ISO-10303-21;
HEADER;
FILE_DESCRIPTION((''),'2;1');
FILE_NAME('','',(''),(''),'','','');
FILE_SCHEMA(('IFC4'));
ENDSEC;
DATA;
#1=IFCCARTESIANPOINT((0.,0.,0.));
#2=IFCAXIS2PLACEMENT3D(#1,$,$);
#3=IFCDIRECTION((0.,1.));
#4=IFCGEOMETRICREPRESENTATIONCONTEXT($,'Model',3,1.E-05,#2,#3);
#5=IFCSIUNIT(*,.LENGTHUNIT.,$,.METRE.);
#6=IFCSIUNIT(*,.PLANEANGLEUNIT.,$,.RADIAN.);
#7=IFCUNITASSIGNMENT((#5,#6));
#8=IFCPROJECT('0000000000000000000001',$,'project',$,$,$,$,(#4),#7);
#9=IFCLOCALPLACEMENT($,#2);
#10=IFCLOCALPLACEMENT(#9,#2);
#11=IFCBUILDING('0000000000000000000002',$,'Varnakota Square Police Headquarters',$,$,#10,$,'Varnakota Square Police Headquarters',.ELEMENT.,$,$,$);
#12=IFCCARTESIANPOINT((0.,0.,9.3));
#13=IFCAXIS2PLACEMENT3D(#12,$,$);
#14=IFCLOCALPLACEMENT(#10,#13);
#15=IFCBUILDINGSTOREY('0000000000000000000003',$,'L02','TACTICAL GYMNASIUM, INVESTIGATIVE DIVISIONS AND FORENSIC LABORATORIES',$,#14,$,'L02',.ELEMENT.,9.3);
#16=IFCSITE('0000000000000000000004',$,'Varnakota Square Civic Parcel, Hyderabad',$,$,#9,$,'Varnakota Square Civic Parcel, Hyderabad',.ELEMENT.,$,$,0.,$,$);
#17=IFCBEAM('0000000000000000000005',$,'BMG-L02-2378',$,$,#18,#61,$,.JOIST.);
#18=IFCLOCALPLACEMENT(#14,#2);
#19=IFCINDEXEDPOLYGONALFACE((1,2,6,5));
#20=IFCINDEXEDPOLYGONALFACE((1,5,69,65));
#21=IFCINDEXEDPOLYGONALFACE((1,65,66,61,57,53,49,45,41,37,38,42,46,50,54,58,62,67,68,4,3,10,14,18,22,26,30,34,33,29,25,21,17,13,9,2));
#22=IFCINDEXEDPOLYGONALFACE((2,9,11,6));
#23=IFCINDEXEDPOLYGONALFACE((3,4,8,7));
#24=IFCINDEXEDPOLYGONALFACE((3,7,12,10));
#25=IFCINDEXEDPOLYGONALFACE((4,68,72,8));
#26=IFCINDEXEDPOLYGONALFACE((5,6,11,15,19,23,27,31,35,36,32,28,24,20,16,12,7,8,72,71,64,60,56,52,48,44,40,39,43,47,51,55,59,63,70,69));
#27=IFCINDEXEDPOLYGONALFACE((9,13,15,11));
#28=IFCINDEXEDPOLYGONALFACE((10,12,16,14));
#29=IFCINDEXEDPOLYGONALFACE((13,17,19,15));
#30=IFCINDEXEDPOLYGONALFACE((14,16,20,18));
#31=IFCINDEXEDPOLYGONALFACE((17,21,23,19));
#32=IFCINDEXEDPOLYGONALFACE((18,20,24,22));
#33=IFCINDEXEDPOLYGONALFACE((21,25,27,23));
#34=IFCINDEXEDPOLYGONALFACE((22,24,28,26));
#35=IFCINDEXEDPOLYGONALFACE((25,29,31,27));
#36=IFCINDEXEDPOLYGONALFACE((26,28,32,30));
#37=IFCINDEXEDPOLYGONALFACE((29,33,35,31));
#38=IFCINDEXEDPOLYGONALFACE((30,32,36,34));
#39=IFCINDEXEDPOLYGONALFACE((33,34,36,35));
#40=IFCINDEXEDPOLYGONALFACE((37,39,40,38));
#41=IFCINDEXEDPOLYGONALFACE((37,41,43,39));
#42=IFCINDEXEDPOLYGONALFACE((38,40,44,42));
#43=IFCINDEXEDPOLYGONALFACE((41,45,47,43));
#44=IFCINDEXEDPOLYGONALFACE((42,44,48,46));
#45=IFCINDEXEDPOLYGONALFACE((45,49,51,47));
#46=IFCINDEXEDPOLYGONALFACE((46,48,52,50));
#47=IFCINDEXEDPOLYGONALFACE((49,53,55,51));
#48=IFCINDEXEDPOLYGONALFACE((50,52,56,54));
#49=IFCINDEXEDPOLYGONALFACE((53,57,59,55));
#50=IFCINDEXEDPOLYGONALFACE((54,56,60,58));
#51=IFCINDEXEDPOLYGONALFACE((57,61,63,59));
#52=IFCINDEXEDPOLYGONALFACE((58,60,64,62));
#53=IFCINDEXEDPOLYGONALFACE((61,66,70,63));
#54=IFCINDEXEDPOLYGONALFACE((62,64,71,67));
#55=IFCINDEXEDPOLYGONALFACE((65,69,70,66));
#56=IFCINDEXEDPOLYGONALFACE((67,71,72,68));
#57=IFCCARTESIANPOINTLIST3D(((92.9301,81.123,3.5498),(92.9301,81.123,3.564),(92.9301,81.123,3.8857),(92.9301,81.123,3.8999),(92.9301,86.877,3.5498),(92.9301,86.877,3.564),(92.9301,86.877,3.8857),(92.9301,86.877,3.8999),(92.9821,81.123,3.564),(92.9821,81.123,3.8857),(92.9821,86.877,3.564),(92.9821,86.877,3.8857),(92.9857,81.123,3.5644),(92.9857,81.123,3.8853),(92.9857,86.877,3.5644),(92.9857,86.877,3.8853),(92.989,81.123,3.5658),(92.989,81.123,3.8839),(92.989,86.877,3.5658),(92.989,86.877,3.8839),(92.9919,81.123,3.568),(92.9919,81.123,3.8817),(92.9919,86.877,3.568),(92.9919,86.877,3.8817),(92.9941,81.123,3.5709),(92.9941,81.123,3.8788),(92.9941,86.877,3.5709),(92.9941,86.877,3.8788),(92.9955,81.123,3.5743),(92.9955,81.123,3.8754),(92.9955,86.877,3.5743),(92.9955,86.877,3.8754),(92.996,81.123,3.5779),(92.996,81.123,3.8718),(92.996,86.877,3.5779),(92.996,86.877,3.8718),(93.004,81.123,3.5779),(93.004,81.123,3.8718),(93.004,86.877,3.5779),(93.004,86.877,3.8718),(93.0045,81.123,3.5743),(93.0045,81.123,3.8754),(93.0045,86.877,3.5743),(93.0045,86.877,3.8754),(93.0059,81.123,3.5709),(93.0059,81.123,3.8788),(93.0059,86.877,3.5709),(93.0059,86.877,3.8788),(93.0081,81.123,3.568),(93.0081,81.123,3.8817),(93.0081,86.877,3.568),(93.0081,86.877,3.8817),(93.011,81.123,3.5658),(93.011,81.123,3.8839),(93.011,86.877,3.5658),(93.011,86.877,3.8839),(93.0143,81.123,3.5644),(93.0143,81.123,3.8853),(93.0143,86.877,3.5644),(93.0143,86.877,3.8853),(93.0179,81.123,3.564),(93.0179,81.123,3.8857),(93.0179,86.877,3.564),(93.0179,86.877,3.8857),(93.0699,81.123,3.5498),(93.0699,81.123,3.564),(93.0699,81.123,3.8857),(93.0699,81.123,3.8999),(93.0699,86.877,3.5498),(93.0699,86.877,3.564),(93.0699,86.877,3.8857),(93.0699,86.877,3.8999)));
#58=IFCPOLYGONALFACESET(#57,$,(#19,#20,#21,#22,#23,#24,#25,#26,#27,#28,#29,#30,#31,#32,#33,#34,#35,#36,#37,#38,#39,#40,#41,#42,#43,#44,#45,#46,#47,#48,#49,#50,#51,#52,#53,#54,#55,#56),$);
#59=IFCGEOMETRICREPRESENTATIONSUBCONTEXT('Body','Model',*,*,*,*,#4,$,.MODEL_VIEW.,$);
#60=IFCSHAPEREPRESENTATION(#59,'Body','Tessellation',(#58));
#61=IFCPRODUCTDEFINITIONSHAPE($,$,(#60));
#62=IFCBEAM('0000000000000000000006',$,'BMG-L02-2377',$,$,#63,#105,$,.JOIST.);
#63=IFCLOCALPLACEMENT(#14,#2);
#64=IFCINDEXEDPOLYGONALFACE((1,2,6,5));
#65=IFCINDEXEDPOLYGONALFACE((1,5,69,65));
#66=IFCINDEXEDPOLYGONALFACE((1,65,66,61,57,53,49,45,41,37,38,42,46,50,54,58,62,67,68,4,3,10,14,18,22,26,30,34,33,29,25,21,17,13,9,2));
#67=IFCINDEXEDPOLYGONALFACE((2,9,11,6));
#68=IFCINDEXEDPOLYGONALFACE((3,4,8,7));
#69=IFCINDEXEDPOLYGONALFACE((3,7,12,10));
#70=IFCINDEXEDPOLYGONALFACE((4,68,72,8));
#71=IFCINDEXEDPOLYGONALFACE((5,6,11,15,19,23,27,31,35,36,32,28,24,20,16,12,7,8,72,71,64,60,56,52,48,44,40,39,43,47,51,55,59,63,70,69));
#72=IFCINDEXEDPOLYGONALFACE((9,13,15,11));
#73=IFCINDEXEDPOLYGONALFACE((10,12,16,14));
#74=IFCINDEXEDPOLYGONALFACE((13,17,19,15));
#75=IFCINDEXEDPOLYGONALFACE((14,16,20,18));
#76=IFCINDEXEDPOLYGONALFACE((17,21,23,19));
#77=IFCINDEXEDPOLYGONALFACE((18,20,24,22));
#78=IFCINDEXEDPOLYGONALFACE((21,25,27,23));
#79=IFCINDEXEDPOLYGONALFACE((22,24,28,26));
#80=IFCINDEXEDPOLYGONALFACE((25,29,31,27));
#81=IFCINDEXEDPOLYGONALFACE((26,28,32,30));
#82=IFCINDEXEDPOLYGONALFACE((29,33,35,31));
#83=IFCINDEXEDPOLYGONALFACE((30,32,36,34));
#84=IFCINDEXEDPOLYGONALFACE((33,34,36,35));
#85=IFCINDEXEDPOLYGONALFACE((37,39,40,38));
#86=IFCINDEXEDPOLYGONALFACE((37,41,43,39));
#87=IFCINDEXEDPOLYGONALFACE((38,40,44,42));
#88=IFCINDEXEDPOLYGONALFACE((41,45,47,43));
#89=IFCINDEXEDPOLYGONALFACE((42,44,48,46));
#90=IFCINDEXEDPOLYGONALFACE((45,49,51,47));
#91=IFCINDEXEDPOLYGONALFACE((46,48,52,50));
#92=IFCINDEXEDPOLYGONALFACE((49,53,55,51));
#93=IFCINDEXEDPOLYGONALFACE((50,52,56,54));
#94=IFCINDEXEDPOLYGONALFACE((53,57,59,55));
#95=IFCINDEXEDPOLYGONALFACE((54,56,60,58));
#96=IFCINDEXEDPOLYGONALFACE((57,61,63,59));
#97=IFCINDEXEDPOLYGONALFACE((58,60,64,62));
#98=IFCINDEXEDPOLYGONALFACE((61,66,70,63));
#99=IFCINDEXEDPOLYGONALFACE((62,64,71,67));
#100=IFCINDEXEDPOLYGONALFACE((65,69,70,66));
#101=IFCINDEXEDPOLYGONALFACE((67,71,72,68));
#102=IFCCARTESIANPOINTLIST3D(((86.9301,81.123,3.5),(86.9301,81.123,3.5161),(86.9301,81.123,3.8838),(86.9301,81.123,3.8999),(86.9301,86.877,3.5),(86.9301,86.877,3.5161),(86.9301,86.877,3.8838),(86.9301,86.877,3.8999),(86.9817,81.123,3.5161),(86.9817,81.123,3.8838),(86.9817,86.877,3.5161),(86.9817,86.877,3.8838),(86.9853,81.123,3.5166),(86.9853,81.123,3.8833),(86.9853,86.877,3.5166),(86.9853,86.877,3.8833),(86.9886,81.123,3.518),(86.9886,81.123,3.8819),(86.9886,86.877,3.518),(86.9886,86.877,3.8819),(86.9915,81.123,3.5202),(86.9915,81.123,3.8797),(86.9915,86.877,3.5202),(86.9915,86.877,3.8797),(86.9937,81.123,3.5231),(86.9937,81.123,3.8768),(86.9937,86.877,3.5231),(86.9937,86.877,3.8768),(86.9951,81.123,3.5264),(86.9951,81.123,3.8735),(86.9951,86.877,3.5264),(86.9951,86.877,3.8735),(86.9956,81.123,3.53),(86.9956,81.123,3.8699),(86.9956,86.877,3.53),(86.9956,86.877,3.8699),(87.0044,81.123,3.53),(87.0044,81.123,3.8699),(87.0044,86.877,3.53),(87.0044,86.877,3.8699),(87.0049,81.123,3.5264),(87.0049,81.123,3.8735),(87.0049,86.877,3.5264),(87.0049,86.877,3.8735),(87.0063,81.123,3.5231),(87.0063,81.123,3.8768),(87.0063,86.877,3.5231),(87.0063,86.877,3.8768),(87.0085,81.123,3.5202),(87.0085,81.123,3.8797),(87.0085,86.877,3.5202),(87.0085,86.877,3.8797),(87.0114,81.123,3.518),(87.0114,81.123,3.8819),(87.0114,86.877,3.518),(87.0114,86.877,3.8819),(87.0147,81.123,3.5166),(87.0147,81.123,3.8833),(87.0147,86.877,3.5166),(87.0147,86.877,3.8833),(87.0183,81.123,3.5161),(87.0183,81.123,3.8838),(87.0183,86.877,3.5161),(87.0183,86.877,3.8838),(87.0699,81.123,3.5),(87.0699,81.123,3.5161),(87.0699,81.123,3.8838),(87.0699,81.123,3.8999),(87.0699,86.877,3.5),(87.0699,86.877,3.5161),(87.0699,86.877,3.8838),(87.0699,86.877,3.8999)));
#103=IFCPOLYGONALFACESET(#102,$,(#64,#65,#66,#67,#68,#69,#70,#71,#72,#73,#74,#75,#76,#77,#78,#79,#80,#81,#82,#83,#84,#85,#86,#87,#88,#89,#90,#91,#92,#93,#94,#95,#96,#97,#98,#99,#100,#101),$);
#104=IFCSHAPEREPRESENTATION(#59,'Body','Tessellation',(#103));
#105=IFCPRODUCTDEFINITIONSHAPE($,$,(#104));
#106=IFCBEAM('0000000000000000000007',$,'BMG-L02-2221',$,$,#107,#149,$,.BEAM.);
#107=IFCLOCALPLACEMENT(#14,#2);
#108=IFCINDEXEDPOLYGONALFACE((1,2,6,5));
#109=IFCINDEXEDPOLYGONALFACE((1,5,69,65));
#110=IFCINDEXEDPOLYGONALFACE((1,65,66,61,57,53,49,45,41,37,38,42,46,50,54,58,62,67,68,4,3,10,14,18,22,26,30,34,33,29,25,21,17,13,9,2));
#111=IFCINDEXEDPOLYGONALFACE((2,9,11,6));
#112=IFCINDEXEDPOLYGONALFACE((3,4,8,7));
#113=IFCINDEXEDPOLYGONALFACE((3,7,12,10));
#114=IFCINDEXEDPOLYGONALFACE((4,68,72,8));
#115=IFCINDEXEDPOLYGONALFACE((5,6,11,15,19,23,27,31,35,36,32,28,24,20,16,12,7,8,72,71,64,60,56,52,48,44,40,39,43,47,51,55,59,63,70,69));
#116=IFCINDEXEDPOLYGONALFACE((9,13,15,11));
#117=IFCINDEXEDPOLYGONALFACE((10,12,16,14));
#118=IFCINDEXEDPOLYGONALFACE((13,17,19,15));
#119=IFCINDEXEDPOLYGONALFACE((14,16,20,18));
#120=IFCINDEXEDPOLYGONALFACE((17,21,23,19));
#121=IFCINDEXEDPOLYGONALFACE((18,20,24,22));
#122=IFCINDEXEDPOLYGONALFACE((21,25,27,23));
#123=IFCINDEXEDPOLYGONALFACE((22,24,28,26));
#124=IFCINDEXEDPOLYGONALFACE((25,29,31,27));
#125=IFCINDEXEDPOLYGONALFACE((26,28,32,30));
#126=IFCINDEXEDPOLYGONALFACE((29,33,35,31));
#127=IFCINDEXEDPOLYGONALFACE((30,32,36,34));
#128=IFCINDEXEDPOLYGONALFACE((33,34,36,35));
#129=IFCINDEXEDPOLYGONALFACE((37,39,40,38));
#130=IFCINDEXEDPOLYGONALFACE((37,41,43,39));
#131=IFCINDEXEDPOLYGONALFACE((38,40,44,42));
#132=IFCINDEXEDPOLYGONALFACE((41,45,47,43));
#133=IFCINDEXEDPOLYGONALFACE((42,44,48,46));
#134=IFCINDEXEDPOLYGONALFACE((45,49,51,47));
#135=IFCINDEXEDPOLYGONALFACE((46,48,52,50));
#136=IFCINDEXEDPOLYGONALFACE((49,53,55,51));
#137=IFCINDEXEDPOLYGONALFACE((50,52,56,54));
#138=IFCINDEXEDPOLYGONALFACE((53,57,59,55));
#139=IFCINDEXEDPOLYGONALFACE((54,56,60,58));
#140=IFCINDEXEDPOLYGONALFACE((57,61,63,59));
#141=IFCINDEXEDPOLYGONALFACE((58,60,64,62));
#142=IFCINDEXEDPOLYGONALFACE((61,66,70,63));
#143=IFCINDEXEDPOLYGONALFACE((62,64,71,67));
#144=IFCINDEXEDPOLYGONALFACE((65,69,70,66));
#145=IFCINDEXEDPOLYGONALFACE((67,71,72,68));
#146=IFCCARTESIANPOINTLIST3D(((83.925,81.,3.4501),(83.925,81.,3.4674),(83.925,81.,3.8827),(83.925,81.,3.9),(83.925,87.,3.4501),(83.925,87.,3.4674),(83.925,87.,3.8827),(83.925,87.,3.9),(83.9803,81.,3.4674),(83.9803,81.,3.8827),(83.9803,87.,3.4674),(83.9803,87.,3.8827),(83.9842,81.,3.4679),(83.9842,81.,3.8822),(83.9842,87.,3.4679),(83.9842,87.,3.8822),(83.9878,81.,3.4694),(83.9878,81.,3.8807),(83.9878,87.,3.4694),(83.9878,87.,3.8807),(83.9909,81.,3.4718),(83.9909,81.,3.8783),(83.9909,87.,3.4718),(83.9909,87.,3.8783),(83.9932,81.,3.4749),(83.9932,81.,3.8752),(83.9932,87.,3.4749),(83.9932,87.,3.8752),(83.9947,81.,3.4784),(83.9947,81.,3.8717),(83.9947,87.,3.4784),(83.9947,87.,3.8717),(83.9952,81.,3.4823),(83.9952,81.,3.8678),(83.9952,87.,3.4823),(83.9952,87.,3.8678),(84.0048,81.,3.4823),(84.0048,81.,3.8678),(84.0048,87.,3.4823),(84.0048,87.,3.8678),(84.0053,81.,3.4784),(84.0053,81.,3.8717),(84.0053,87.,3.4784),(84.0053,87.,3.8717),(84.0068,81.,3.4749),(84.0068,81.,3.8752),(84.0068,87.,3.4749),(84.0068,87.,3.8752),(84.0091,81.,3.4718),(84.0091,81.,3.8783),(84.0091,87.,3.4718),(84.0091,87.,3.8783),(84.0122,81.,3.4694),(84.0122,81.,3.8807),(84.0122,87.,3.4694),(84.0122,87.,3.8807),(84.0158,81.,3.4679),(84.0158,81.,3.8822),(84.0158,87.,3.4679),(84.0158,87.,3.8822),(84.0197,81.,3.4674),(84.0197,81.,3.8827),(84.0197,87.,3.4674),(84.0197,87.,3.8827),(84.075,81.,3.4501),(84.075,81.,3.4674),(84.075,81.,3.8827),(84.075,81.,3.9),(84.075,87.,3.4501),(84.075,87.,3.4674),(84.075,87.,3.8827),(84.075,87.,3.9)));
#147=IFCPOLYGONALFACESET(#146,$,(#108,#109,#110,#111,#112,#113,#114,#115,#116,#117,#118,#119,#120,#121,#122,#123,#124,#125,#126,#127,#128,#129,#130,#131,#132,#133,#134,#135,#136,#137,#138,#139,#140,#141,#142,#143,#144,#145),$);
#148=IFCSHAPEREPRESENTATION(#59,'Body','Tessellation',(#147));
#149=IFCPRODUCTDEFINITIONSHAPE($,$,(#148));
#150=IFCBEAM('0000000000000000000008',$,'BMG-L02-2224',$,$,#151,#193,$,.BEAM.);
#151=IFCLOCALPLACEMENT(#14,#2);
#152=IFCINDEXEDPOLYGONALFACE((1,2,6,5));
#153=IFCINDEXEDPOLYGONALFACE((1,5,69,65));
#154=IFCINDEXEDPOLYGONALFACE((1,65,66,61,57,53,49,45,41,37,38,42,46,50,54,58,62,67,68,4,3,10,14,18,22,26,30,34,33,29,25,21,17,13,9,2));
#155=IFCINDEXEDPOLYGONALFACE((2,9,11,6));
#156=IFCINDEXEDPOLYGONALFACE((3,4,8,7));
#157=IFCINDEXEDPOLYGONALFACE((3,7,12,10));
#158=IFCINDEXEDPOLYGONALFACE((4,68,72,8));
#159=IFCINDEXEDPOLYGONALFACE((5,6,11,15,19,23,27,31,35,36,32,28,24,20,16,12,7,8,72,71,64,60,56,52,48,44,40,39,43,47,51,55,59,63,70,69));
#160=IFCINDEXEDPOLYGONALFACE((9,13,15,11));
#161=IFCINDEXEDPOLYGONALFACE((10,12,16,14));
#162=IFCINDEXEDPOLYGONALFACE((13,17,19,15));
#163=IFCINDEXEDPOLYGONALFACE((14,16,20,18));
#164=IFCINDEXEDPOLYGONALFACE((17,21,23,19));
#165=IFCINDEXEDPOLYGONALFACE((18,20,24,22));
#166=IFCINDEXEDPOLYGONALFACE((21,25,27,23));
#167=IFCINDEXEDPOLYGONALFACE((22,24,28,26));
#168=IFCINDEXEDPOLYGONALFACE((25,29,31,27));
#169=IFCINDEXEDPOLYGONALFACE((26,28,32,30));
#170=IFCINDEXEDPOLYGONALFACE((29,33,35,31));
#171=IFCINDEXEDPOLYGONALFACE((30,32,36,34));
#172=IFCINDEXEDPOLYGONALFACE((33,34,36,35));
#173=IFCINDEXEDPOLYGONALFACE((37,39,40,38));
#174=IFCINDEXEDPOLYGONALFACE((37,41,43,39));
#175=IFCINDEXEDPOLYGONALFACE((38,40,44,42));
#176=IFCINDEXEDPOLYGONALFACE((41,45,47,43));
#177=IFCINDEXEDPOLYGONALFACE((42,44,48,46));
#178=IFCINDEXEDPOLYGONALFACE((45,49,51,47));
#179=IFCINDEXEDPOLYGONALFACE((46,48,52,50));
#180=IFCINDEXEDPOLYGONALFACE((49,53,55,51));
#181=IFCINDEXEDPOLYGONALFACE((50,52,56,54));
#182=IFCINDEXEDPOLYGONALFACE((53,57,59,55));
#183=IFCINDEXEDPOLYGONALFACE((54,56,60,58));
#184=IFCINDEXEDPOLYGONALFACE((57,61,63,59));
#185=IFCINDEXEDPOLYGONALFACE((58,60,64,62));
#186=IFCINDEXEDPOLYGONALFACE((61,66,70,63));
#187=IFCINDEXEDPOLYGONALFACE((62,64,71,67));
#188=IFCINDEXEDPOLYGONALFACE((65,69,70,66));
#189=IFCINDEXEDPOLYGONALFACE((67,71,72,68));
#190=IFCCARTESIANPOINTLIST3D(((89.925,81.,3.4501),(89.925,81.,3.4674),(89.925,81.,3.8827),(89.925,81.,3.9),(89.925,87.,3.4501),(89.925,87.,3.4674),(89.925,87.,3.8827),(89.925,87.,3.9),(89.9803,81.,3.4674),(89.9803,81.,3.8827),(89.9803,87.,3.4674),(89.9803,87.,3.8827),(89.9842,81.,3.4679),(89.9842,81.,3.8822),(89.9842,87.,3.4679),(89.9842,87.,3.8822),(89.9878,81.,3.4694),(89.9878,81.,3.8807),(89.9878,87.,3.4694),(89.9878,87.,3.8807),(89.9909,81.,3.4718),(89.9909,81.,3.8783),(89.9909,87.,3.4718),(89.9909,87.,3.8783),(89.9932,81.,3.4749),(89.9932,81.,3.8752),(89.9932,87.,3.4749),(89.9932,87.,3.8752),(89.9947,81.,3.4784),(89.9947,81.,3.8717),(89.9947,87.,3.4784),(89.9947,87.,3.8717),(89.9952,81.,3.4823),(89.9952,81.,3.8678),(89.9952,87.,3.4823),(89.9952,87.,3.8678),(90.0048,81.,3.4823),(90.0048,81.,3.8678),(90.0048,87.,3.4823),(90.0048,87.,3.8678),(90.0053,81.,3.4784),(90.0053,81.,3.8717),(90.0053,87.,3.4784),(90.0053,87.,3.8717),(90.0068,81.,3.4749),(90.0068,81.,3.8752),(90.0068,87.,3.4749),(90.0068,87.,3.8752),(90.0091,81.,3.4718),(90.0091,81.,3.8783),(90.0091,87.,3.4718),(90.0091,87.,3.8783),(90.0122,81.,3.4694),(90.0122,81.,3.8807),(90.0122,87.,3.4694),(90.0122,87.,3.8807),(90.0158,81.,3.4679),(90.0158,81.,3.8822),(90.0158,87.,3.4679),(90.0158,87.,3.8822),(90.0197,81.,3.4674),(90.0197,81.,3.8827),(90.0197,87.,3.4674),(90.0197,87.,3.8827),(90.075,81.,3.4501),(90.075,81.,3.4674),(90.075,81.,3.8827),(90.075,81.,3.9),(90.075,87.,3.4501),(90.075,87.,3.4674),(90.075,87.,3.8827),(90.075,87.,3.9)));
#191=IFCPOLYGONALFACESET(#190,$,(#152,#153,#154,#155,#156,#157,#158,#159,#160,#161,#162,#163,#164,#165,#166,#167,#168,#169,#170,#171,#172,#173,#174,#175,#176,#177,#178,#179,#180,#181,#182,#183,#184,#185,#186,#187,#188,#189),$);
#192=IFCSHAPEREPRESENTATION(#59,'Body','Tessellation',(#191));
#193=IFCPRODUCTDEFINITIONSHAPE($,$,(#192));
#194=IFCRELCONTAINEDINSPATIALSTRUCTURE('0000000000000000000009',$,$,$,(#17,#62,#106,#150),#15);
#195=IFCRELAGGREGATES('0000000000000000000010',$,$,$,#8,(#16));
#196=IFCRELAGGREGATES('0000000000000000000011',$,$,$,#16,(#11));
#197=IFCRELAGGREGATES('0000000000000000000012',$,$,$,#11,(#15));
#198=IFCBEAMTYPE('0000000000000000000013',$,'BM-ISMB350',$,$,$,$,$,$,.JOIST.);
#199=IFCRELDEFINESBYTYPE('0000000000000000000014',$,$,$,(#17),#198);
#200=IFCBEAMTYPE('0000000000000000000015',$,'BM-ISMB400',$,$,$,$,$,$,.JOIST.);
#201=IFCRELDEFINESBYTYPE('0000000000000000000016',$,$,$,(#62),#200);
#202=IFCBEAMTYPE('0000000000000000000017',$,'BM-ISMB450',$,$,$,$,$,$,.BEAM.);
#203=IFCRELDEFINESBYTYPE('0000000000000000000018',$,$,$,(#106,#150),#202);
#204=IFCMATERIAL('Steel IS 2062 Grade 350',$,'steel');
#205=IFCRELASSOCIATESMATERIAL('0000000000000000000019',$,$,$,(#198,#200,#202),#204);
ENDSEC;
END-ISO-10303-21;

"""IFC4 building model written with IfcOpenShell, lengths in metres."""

from ifc_helpers import new_model, si_unit, direction, frame, origin, origin_2d, place, context, subcontext, project, spatial, i_section, extrude, material, material_profile, profile_set, type_object, element, save


model = new_model("IFC4")

# Units and contexts
model_context = context("Model", 3, precision=1e-05, world=origin(), true_north=direction((0.0, 1.0)))
body_context = subcontext(model_context, "Body", "Model", "MODEL_VIEW")
ifc_project = project(units=[si_unit("LENGTHUNIT", "METRE"), si_unit("PLANEANGLEUNIT", "RADIAN")], contexts=[model_context])

# Site, building, storey
site_placement = place(None, origin())
site = spatial("IfcSite", under=ifc_project, at=site_placement, Name="Varnakota Square Civic Parcel, Hyderabad", LongName="Varnakota Square Civic Parcel, Hyderabad", CompositionType="ELEMENT", RefElevation=0.0)
building_placement = place(site_placement, origin())
building = spatial("IfcBuilding", under=site, at=building_placement, Name="Varnakota Square Police Headquarters", LongName="Varnakota Square Police Headquarters", CompositionType="ELEMENT")
storey_placement = place(building_placement, frame((0.0, 0.0, 9.3)))
storey = spatial("IfcBuildingStorey", under=building, at=storey_placement, Name="L02", Description="TACTICAL GYMNASIUM, INVESTIGATIVE DIVISIONS AND FORENSIC LABORATORIES", LongName="L02", CompositionType="ELEMENT", Elevation=9.3)

# Shared definitions
ifc_material_1 = material(Name="Steel IS 2062 Grade 350", Category="steel")

# Beams
ifc_material_profile_1 = material_profile(ifc_material_1, i_section(OverallWidth=0.1399, OverallDepth=0.3501, WebThickness=0.0081, FlangeThickness=0.0142, FilletRadius=0.0139, at=origin_2d()), Name="ISMB 350")
ifc_profile_set_1 = profile_set([ifc_material_profile_1], Name="Steel IS 2062 Grade 350")
beam_type_1 = type_object("IfcBeamType", Name="BM-ISMB350", PredefinedType="JOIST", material=ifc_profile_set_1)
beam_1_placement = place(storey_placement, frame((93.0, 81.123, 3.7249), z_axis=(0.0, 1.0, 0.0), x_axis=(-1.0, 0.0, 0.0)))
element("IfcBeam", 1, at=beam_1_placement, inside=storey, type_object=beam_type_1, Name="BMG-L02-2378", PredefinedType="JOIST", context=body_context, shape_type="SweptSolid", body=[
    extrude(i_section(OverallWidth=0.1399, OverallDepth=0.3501, WebThickness=0.0081, FlangeThickness=0.0142, FilletRadius=0.0139, at=origin_2d()), origin(), (0.0, 0.0, 1.0), 5.7539),
])
ifc_material_profile_2 = material_profile(ifc_material_1, i_section(OverallWidth=0.1399, OverallDepth=0.3999, WebThickness=0.0088, FlangeThickness=0.0161, FilletRadius=0.0139, at=origin_2d()), Name="ISMB 400")
ifc_profile_set_2 = profile_set([ifc_material_profile_2], Name="Steel IS 2062 Grade 350")
beam_type_2 = type_object("IfcBeamType", Name="BM-ISMB400", PredefinedType="JOIST", material=ifc_profile_set_2)
beam_2_placement = place(storey_placement, frame((87.0, 81.123, 3.7), z_axis=(0.0, 1.0, 0.0), x_axis=(-1.0, 0.0, 0.0)))
element("IfcBeam", 2, at=beam_2_placement, inside=storey, type_object=beam_type_2, Name="BMG-L02-2377", PredefinedType="JOIST", context=body_context, shape_type="SweptSolid", body=[
    extrude(i_section(OverallWidth=0.1399, OverallDepth=0.3999, WebThickness=0.0088, FlangeThickness=0.0161, FilletRadius=0.0139, at=origin_2d()), origin(), (0.0, 0.0, 1.0), 5.7539),
])
ifc_material_profile_3 = material_profile(ifc_material_1, i_section(OverallWidth=0.1499, OverallDepth=0.45, WebThickness=0.0095, FlangeThickness=0.0173, FilletRadius=0.0149, at=origin_2d()), Name="ISMB 450")
ifc_profile_set_3 = profile_set([ifc_material_profile_3], Name="Steel IS 2062 Grade 350")
beam_type_3 = type_object("IfcBeamType", Name="BM-ISMB450", PredefinedType="BEAM", material=ifc_profile_set_3)
for number, where, z_axis, x_axis, name in (
    (3, (84.0, 81.0, 3.675), (0.0, 1.0, 0.0), (-1.0, 0.0, 0.0), "BMG-L02-2221"),
    (4, (90.0, 81.0, 3.675), (0.0, 1.0, 0.0), (-1.0, 0.0, 0.0), "BMG-L02-2224"),
):
    element("IfcBeam", number, at=place(storey_placement, frame(where, z_axis=z_axis, x_axis=x_axis)), inside=storey, type_object=beam_type_3, Name=name, PredefinedType="BEAM", context=body_context, shape_type="SweptSolid", body=[
        extrude(i_section(OverallWidth=0.1499, OverallDepth=0.45, WebThickness=0.0095, FlangeThickness=0.0173, FilletRadius=0.0149, at=origin_2d()), origin(), (0.0, 0.0, 1.0), 6.0),
    ])

save(model, "model.ifc")
